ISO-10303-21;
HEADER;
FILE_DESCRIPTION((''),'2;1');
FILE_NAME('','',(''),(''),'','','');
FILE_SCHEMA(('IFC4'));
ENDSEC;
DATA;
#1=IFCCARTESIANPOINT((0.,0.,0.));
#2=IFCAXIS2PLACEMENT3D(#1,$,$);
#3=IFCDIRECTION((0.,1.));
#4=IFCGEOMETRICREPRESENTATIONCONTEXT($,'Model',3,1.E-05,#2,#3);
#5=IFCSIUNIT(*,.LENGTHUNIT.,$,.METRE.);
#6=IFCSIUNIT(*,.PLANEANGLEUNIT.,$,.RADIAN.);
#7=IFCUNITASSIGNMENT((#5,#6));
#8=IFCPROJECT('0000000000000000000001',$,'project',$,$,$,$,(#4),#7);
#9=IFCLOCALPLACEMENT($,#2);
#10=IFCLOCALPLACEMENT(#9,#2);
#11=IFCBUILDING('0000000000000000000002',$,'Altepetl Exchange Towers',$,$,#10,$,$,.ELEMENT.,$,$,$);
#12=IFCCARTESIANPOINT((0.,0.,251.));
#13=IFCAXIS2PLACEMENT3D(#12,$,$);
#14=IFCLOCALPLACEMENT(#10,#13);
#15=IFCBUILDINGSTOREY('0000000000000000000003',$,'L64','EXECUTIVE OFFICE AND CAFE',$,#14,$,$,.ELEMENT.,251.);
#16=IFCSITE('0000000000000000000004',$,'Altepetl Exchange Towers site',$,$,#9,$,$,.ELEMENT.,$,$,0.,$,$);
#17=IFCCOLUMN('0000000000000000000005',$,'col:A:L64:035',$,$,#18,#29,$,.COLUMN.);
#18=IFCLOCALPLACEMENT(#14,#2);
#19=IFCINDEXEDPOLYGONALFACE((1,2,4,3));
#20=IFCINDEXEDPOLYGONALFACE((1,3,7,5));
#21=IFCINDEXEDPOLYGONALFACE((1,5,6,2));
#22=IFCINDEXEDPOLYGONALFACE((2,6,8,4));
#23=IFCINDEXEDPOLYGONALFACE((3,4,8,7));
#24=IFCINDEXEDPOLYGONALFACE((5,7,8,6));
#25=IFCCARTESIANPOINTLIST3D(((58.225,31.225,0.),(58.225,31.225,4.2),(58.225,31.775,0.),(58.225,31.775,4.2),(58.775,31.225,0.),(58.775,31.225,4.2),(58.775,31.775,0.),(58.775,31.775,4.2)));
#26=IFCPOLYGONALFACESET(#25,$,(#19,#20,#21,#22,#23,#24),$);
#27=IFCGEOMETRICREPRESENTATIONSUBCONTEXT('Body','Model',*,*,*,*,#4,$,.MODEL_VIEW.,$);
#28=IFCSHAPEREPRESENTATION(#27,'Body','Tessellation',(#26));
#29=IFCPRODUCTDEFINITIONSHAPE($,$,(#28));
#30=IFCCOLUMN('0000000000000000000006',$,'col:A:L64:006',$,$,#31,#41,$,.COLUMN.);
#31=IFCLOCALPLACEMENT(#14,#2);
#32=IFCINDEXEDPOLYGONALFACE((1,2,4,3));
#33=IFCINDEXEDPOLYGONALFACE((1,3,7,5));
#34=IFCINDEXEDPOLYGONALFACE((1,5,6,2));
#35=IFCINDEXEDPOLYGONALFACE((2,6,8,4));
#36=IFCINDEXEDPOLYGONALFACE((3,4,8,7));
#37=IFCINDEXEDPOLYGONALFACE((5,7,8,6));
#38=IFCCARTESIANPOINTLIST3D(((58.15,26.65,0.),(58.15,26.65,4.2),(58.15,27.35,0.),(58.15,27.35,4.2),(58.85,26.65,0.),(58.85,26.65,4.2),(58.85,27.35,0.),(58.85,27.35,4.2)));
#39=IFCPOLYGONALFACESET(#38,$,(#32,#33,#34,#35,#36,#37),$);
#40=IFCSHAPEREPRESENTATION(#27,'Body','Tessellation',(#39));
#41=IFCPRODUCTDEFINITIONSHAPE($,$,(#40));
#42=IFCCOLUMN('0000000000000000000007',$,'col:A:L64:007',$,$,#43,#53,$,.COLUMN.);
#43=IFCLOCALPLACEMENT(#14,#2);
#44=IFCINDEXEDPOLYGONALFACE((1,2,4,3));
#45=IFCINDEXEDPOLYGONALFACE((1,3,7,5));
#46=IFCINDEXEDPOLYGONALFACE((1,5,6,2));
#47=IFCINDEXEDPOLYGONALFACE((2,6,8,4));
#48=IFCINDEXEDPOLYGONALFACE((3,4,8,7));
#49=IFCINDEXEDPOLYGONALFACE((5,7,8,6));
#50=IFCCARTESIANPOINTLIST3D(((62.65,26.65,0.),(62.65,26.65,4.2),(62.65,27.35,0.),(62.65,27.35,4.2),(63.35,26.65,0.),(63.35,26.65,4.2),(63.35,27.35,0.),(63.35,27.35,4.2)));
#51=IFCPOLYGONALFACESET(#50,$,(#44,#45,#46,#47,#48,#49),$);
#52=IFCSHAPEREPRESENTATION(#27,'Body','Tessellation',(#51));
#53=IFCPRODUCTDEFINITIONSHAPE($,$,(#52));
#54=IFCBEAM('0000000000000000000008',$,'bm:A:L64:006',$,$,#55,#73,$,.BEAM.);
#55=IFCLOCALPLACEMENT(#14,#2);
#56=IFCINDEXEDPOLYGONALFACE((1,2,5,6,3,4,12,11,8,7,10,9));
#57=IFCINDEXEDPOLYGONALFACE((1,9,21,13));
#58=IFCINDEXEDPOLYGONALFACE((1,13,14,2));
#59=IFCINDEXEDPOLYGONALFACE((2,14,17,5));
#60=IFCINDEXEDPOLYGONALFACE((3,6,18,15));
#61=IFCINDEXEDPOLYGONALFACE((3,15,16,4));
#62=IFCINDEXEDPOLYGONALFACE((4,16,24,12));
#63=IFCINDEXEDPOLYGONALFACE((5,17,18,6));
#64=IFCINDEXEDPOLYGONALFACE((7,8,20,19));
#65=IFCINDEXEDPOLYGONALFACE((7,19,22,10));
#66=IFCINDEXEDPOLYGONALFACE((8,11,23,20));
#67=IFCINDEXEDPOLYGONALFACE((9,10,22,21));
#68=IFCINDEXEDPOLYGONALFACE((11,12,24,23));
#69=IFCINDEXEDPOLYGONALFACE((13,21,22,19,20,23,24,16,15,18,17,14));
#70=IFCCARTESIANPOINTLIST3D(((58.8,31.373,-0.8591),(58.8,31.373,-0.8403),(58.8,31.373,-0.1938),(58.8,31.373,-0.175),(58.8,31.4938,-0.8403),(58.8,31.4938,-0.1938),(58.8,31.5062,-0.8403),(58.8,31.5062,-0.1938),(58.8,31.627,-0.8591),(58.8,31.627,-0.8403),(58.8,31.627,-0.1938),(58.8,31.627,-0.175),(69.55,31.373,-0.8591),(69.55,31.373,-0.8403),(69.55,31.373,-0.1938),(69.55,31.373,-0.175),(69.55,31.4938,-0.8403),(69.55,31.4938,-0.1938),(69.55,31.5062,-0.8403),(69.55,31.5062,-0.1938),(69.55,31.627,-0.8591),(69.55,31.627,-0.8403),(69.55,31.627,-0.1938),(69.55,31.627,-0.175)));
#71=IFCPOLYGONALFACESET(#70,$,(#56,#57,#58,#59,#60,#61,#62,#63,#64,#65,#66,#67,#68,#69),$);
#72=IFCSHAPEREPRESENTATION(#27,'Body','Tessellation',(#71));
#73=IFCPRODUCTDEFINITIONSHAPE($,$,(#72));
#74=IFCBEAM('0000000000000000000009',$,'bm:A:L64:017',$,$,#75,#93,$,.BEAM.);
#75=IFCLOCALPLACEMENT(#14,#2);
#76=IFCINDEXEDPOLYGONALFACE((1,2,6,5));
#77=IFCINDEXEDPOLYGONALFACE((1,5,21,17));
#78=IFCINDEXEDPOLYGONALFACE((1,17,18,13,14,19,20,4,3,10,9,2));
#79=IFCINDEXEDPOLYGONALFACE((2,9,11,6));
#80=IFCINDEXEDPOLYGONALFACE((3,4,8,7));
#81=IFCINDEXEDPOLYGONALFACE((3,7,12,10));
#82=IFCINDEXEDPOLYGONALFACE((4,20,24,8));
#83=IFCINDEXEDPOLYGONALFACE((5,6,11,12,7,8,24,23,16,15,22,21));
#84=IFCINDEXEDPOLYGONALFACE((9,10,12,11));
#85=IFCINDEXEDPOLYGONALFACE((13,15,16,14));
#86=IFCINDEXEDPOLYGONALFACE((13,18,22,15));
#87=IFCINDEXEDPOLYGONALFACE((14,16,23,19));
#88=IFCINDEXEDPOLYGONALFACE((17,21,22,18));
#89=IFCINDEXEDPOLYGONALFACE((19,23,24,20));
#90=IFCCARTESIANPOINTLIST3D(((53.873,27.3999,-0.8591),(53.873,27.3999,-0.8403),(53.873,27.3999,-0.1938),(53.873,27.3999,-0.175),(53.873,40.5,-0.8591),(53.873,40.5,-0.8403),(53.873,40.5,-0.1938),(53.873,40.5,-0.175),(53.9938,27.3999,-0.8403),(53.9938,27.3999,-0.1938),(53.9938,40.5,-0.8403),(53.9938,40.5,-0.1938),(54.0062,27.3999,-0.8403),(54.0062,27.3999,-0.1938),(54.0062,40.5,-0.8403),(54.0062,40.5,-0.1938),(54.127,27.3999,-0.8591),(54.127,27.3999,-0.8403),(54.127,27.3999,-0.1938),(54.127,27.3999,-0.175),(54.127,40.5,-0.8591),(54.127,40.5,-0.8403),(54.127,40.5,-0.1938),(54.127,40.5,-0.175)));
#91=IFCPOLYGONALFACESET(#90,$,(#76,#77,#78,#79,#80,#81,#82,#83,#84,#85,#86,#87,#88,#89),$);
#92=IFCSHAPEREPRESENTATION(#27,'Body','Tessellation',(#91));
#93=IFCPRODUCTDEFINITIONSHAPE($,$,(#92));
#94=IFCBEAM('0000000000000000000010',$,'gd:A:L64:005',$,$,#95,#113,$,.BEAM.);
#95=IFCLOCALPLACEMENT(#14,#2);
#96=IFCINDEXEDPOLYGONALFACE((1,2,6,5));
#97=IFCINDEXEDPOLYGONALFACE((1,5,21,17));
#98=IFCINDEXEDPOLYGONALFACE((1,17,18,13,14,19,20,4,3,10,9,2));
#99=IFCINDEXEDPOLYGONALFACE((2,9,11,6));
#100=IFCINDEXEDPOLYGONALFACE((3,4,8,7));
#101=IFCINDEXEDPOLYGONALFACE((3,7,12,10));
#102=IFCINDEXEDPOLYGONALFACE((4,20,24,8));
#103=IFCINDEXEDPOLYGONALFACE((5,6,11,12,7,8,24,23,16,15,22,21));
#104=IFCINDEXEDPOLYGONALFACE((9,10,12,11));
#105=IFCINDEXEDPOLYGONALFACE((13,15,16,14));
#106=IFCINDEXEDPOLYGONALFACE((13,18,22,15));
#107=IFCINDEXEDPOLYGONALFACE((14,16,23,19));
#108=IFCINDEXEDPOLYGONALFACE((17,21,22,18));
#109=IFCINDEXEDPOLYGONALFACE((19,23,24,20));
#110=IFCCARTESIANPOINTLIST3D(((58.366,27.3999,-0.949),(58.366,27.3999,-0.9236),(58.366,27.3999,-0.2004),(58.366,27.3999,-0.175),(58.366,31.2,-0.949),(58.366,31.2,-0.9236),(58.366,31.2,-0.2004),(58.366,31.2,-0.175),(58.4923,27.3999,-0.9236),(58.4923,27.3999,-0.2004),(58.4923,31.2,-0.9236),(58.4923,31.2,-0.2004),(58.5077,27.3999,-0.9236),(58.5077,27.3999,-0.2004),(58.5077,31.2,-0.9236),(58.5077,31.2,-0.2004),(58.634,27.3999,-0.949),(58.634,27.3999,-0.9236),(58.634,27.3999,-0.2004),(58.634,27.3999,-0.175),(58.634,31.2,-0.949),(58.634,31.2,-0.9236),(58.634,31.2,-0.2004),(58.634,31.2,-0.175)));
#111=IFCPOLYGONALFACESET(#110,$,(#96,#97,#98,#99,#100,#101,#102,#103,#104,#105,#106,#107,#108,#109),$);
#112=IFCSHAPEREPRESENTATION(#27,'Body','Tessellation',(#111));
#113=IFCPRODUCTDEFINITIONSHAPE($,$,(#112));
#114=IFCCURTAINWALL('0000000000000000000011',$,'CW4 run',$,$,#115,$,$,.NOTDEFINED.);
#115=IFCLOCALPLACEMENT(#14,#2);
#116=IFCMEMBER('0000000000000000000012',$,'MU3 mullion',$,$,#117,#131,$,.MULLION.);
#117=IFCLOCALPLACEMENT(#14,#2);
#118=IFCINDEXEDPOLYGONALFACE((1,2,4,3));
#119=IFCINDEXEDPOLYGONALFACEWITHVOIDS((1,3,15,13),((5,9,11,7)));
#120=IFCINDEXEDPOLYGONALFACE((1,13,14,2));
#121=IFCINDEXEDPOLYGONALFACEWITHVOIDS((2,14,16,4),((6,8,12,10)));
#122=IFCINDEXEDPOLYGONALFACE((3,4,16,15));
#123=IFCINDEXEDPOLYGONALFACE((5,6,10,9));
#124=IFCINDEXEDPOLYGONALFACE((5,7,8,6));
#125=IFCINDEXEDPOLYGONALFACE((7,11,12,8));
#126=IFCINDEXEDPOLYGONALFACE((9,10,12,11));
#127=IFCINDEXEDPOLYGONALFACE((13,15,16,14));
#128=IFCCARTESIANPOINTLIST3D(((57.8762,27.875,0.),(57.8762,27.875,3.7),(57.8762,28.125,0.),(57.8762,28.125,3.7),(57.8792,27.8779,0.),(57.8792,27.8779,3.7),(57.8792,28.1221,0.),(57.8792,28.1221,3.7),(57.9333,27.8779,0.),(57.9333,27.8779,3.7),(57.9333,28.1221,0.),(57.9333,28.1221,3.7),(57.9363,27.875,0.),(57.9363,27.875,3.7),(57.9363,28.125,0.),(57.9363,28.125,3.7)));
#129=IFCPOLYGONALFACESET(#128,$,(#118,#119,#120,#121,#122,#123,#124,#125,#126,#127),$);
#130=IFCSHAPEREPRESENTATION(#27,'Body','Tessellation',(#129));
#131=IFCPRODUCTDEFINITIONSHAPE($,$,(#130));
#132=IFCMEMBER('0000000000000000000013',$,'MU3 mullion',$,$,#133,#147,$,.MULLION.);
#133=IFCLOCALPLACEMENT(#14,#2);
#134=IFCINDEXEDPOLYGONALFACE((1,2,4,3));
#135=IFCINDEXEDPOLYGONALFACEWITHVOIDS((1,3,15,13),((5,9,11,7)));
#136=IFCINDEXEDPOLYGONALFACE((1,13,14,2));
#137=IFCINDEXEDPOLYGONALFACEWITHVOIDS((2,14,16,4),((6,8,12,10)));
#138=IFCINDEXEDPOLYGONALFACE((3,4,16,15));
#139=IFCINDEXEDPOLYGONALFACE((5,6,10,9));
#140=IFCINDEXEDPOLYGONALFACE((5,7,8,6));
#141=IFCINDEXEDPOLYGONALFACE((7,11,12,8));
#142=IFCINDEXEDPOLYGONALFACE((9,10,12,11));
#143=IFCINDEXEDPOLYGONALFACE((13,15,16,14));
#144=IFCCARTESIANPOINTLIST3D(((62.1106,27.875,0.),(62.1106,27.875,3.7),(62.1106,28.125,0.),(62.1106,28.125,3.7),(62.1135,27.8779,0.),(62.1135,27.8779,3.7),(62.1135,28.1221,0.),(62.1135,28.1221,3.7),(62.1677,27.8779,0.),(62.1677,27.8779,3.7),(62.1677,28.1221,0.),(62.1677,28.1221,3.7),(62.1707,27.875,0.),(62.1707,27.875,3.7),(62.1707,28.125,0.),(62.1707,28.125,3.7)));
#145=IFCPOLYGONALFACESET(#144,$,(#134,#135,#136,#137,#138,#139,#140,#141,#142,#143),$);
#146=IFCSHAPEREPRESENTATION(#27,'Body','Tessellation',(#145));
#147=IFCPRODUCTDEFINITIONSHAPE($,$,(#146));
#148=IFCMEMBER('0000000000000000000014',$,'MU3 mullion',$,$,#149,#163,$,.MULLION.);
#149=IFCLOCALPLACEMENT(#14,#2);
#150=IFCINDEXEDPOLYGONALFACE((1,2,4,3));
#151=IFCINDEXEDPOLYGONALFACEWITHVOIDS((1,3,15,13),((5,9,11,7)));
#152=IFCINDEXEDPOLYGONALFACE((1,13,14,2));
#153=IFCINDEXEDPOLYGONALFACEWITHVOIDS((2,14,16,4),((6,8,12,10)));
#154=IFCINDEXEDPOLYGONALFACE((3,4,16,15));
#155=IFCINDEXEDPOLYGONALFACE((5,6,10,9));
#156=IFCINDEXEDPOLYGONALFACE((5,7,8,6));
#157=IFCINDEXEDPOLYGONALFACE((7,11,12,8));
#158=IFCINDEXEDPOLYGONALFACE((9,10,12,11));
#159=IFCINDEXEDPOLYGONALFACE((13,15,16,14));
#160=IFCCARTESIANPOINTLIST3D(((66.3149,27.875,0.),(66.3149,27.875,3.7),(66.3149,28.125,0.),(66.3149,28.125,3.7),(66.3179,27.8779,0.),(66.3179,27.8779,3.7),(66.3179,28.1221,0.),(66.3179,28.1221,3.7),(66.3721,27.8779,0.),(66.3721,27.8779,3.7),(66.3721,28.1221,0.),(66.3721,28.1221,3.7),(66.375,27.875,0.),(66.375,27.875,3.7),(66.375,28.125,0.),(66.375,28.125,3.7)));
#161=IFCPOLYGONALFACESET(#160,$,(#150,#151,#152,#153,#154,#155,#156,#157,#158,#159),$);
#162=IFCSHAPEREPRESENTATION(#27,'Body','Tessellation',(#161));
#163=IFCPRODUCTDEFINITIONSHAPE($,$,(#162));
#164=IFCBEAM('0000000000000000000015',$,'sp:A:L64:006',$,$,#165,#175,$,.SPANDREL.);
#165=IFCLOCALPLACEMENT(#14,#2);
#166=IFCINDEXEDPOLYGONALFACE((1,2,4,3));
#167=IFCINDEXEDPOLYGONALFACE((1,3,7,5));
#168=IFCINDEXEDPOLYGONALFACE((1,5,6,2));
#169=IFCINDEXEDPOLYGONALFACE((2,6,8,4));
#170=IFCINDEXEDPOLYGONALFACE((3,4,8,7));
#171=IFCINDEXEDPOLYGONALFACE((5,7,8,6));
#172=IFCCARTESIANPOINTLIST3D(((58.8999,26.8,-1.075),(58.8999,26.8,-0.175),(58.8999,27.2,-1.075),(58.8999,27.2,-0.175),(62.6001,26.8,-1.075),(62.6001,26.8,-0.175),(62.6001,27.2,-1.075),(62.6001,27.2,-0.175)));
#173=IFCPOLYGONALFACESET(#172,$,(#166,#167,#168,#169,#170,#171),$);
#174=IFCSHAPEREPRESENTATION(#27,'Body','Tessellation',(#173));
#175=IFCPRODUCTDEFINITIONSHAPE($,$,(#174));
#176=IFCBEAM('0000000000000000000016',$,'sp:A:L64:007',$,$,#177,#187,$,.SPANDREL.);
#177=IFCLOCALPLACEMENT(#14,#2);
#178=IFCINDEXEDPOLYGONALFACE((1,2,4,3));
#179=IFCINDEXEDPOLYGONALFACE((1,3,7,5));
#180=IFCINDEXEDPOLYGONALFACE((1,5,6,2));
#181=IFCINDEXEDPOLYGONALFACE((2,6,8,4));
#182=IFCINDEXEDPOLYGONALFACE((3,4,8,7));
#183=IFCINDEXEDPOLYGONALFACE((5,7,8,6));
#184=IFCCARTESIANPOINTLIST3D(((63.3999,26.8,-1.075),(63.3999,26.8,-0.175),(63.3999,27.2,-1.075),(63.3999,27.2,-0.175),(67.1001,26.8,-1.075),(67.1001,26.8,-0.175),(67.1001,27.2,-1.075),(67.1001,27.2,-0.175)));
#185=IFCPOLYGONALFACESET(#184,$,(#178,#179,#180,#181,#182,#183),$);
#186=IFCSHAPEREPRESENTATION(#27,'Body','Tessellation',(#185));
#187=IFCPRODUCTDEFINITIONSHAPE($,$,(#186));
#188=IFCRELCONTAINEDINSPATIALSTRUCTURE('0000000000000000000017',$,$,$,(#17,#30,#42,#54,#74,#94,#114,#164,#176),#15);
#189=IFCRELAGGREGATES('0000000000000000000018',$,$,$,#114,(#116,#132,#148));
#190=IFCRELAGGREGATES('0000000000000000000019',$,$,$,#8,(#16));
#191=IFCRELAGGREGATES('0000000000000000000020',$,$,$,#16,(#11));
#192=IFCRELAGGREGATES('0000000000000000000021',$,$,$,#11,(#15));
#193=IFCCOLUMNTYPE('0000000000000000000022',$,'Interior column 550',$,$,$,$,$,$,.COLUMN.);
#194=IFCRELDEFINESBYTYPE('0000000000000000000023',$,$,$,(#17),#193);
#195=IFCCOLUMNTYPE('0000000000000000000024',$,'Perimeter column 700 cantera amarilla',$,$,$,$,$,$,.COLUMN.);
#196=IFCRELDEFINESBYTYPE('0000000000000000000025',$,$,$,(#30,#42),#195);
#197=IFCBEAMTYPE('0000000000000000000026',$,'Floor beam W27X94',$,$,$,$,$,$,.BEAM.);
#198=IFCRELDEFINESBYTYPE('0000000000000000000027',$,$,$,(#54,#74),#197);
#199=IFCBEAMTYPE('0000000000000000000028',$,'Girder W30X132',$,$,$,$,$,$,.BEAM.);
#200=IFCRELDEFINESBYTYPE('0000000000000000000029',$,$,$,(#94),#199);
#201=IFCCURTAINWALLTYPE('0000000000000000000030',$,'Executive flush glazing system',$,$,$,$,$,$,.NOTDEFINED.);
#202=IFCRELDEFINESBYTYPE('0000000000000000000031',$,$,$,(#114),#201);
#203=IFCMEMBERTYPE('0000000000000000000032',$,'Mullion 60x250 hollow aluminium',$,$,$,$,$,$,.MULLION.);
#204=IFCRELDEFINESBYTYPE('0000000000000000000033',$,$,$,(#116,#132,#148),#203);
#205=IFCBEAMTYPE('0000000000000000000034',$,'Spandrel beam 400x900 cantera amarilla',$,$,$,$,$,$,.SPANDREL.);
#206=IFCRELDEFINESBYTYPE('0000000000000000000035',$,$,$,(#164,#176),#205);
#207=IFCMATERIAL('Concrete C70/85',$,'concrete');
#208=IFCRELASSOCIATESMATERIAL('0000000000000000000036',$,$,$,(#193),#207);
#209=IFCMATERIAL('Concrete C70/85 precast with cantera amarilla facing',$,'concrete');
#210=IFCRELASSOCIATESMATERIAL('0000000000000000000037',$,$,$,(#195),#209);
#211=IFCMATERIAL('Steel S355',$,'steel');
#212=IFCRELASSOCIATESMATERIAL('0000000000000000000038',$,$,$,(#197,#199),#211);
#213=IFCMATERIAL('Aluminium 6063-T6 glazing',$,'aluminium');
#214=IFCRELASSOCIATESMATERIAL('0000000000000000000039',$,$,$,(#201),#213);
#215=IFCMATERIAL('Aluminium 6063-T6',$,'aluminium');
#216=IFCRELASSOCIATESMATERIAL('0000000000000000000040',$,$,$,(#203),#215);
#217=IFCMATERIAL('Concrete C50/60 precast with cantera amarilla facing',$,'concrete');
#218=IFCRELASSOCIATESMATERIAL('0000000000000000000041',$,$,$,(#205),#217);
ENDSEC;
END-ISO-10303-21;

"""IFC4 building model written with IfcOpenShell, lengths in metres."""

from ifc_helpers import new_model, si_unit, direction, frame, origin, origin_2d, place, context, subcontext, project, spatial, rectangle, hollow_rectangle, i_section, extrude, material, material_profile, profile_set, type_object, element, aggregate, save


model = new_model("IFC4")

# Units and contexts
model_context = context("Model", 3, precision=1e-05, world=origin(), true_north=direction((0.0, 1.0)))
body_context = subcontext(model_context, "Body", "Model", "MODEL_VIEW")
ifc_project = project(units=[si_unit("LENGTHUNIT", "METRE"), si_unit("PLANEANGLEUNIT", "RADIAN")], contexts=[model_context])

# Site, building, storey
site_placement = place(None, origin())
site = spatial("IfcSite", under=ifc_project, at=site_placement, Name="Altepetl Exchange Towers site", CompositionType="ELEMENT", RefElevation=0.0)
building_placement = place(site_placement, origin())
building = spatial("IfcBuilding", under=site, at=building_placement, Name="Altepetl Exchange Towers", CompositionType="ELEMENT")
storey_placement = place(building_placement, frame((0.0, 0.0, 251.0)))
storey = spatial("IfcBuildingStorey", under=building, at=storey_placement, Name="L64", Description="EXECUTIVE OFFICE AND CAFE", CompositionType="ELEMENT", Elevation=251.0)

# Columns
ifc_material_1 = material(Name="Concrete C70/85", Category="concrete")
ifc_material_profile_1 = material_profile(ifc_material_1, rectangle(XDim=0.55, YDim=0.55, at=origin_2d()), Name="550 x 550")
ifc_profile_set_1 = profile_set([ifc_material_profile_1], Name="Concrete C70/85")
column_type_1 = type_object("IfcColumnType", Name="Interior column 550", PredefinedType="COLUMN", material=ifc_profile_set_1)
column_placement = place(storey_placement, frame((58.5, 31.5, 0.0)))
element("IfcColumn", 1, at=column_placement, inside=storey, type_object=column_type_1, Name="col:A:L64:035", PredefinedType="COLUMN", context=body_context, shape_type="SweptSolid", body=[
    extrude(rectangle(XDim=0.55, YDim=0.55, at=origin_2d()), origin(), (0.0, 0.0, 1.0), 4.2),
])
ifc_material_2 = material(Name="Concrete C70/85 precast with cantera amarilla facing", Category="concrete")
ifc_material_profile_2 = material_profile(ifc_material_2, rectangle(XDim=0.7, YDim=0.7, at=origin_2d()), Name="700 x 700")
ifc_profile_set_2 = profile_set([ifc_material_profile_2], Name="Concrete C70/85 precast with cantera amarilla facing")
column_type_2 = type_object("IfcColumnType", Name="Perimeter column 700 cantera amarilla", PredefinedType="COLUMN", material=ifc_profile_set_2)
for number, where, name in (
    (2, (58.5, 27.0, 0.0), "col:A:L64:006"),
    (3, (63.0, 27.0, 0.0), "col:A:L64:007"),
):
    element("IfcColumn", number, at=place(storey_placement, frame(where)), inside=storey, type_object=column_type_2, Name=name, PredefinedType="COLUMN", context=body_context, shape_type="SweptSolid", body=[
        extrude(rectangle(XDim=0.7, YDim=0.7, at=origin_2d()), origin(), (0.0, 0.0, 1.0), 4.2),
    ])

# Beams
ifc_material_3 = material(Name="Steel S355", Category="steel")
ifc_material_profile_3 = material_profile(ifc_material_3, i_section(OverallWidth=0.2539, OverallDepth=0.6841, WebThickness=0.0125, FlangeThickness=0.0188, at=origin_2d()), Name="W27X94")
ifc_profile_set_3 = profile_set([ifc_material_profile_3], Name="Steel S355")
beam_type_1 = type_object("IfcBeamType", Name="Floor beam W27X94", PredefinedType="BEAM", material=ifc_profile_set_3)
beam_1_placement = place(storey_placement, frame((58.8, 31.5, -0.5171), z_axis=(1.0, 0.0, 0.0), x_axis=(0.0, 1.0, 0.0)))
element("IfcBeam", 4, at=beam_1_placement, inside=storey, type_object=beam_type_1, Name="bm:A:L64:006", PredefinedType="BEAM", context=body_context, shape_type="SweptSolid", body=[
    extrude(i_section(OverallWidth=0.2539, OverallDepth=0.6841, WebThickness=0.0125, FlangeThickness=0.0188, at=origin_2d()), origin(), (0.0, 0.0, 1.0), 10.75),
])
beam_2_placement = place(storey_placement, frame((54.0, 27.3999, -0.5171), z_axis=(0.0, 1.0, 0.0), x_axis=(-1.0, 0.0, 0.0)))
element("IfcBeam", 5, at=beam_2_placement, inside=storey, type_object=beam_type_1, Name="bm:A:L64:017", PredefinedType="BEAM", context=body_context, shape_type="SweptSolid", body=[
    extrude(i_section(OverallWidth=0.2539, OverallDepth=0.6841, WebThickness=0.0125, FlangeThickness=0.0188, at=origin_2d()), origin(), (0.0, 0.0, 1.0), 13.1001),
])
ifc_material_profile_4 = material_profile(ifc_material_3, i_section(OverallWidth=0.2681, OverallDepth=0.7739, WebThickness=0.0154, FlangeThickness=0.0254, at=origin_2d()), Name="W30X132")
ifc_profile_set_4 = profile_set([ifc_material_profile_4], Name="Steel S355")
beam_type_2 = type_object("IfcBeamType", Name="Girder W30X132", PredefinedType="BEAM", material=ifc_profile_set_4)
beam_3_placement = place(storey_placement, frame((58.5, 31.2, -0.562), z_axis=(0.0, -1.0, 0.0), x_axis=(1.0, 0.0, 0.0)))
element("IfcBeam", 6, at=beam_3_placement, inside=storey, type_object=beam_type_2, Name="gd:A:L64:005", PredefinedType="BEAM", context=body_context, shape_type="SweptSolid", body=[
    extrude(i_section(OverallWidth=0.2681, OverallDepth=0.7739, WebThickness=0.0154, FlangeThickness=0.0254, at=origin_2d()), origin(), (0.0, 0.0, 1.0), 3.8),
])

# Curtain wall, members
ifc_material_4 = material(Name="Aluminium 6063-T6 glazing", Category="aluminium")
curtain_wall_type = type_object("IfcCurtainWallType", Name="Executive flush glazing system", PredefinedType="NOTDEFINED", material=ifc_material_4)
curtain_wall_placement = place(storey_placement, origin())
curtain_wall = element("IfcCurtainWall", 7, at=curtain_wall_placement, inside=storey, type_object=curtain_wall_type, Name="CW4 run", PredefinedType="NOTDEFINED")
ifc_material_5 = material(Name="Aluminium 6063-T6", Category="aluminium")
ifc_material_profile_5 = material_profile(ifc_material_5, hollow_rectangle(XDim=0.0601, YDim=0.25, WallThickness=0.0029, at=origin_2d()), Name="Mullion 60x250 hollow aluminium")
ifc_profile_set_5 = profile_set([ifc_material_profile_5], Name="Aluminium 6063-T6")
member_type_1 = type_object("IfcMemberType", Name="Mullion 60x250 hollow aluminium", PredefinedType="MULLION", material=ifc_profile_set_5)
member_1_placement = place(storey_placement, frame((57.9062, 28.0, 0.0)))
member_1 = element("IfcMember", 8, at=member_1_placement, type_object=member_type_1, Name="MU3 mullion", PredefinedType="MULLION", context=body_context, shape_type="SweptSolid", body=[
    extrude(hollow_rectangle(XDim=0.0601, YDim=0.25, WallThickness=0.0029, at=origin_2d()), origin(), (0.0, 0.0, 1.0), 3.7),
])
member_2_placement = place(storey_placement, frame((62.1406, 28.0, 0.0)))
member_2 = element("IfcMember", 9, at=member_2_placement, type_object=member_type_1, Name="MU3 mullion", PredefinedType="MULLION", context=body_context, shape_type="SweptSolid", body=[
    extrude(hollow_rectangle(XDim=0.0601, YDim=0.25, WallThickness=0.0029, at=origin_2d()), origin(), (0.0, 0.0, 1.0), 3.7),
])
member_3_placement = place(storey_placement, frame((66.345, 28.0, 0.0)))
member_3 = element("IfcMember", 10, at=member_3_placement, type_object=member_type_1, Name="MU3 mullion", PredefinedType="MULLION", context=body_context, shape_type="SweptSolid", body=[
    extrude(hollow_rectangle(XDim=0.0601, YDim=0.25, WallThickness=0.0029, at=origin_2d()), origin(), (0.0, 0.0, 1.0), 3.7),
])

# Beams
ifc_material_6 = material(Name="Concrete C50/60 precast with cantera amarilla facing", Category="concrete")
ifc_material_profile_6 = material_profile(ifc_material_6, rectangle(XDim=0.3999, YDim=0.8999, at=origin_2d()), Name="400 x 900")
ifc_profile_set_6 = profile_set([ifc_material_profile_6], Name="Concrete C50/60 precast with cantera amarilla facing")
beam_type_3 = type_object("IfcBeamType", Name="Spandrel beam 400x900 cantera amarilla", PredefinedType="SPANDREL", material=ifc_profile_set_6)
for number, where, z_axis, x_axis, name in (
    (11, (58.8999, 27.0, -0.625), (1.0, 0.0, 0.0), (0.0, 1.0, 0.0), "sp:A:L64:006"),
    (12, (63.3999, 27.0, -0.625), (1.0, 0.0, 0.0), (0.0, 1.0, 0.0), "sp:A:L64:007"),
):
    element("IfcBeam", number, at=place(storey_placement, frame(where, z_axis=z_axis, x_axis=x_axis)), inside=storey, type_object=beam_type_3, Name=name, PredefinedType="SPANDREL", context=body_context, shape_type="SweptSolid", body=[
        extrude(rectangle(XDim=0.3999, YDim=0.8999, at=origin_2d()), origin(), (0.0, 0.0, 1.0), 3.7002),
    ])

aggregate(curtain_wall, [member_1, member_2, member_3])

save(model, "model.ifc")
